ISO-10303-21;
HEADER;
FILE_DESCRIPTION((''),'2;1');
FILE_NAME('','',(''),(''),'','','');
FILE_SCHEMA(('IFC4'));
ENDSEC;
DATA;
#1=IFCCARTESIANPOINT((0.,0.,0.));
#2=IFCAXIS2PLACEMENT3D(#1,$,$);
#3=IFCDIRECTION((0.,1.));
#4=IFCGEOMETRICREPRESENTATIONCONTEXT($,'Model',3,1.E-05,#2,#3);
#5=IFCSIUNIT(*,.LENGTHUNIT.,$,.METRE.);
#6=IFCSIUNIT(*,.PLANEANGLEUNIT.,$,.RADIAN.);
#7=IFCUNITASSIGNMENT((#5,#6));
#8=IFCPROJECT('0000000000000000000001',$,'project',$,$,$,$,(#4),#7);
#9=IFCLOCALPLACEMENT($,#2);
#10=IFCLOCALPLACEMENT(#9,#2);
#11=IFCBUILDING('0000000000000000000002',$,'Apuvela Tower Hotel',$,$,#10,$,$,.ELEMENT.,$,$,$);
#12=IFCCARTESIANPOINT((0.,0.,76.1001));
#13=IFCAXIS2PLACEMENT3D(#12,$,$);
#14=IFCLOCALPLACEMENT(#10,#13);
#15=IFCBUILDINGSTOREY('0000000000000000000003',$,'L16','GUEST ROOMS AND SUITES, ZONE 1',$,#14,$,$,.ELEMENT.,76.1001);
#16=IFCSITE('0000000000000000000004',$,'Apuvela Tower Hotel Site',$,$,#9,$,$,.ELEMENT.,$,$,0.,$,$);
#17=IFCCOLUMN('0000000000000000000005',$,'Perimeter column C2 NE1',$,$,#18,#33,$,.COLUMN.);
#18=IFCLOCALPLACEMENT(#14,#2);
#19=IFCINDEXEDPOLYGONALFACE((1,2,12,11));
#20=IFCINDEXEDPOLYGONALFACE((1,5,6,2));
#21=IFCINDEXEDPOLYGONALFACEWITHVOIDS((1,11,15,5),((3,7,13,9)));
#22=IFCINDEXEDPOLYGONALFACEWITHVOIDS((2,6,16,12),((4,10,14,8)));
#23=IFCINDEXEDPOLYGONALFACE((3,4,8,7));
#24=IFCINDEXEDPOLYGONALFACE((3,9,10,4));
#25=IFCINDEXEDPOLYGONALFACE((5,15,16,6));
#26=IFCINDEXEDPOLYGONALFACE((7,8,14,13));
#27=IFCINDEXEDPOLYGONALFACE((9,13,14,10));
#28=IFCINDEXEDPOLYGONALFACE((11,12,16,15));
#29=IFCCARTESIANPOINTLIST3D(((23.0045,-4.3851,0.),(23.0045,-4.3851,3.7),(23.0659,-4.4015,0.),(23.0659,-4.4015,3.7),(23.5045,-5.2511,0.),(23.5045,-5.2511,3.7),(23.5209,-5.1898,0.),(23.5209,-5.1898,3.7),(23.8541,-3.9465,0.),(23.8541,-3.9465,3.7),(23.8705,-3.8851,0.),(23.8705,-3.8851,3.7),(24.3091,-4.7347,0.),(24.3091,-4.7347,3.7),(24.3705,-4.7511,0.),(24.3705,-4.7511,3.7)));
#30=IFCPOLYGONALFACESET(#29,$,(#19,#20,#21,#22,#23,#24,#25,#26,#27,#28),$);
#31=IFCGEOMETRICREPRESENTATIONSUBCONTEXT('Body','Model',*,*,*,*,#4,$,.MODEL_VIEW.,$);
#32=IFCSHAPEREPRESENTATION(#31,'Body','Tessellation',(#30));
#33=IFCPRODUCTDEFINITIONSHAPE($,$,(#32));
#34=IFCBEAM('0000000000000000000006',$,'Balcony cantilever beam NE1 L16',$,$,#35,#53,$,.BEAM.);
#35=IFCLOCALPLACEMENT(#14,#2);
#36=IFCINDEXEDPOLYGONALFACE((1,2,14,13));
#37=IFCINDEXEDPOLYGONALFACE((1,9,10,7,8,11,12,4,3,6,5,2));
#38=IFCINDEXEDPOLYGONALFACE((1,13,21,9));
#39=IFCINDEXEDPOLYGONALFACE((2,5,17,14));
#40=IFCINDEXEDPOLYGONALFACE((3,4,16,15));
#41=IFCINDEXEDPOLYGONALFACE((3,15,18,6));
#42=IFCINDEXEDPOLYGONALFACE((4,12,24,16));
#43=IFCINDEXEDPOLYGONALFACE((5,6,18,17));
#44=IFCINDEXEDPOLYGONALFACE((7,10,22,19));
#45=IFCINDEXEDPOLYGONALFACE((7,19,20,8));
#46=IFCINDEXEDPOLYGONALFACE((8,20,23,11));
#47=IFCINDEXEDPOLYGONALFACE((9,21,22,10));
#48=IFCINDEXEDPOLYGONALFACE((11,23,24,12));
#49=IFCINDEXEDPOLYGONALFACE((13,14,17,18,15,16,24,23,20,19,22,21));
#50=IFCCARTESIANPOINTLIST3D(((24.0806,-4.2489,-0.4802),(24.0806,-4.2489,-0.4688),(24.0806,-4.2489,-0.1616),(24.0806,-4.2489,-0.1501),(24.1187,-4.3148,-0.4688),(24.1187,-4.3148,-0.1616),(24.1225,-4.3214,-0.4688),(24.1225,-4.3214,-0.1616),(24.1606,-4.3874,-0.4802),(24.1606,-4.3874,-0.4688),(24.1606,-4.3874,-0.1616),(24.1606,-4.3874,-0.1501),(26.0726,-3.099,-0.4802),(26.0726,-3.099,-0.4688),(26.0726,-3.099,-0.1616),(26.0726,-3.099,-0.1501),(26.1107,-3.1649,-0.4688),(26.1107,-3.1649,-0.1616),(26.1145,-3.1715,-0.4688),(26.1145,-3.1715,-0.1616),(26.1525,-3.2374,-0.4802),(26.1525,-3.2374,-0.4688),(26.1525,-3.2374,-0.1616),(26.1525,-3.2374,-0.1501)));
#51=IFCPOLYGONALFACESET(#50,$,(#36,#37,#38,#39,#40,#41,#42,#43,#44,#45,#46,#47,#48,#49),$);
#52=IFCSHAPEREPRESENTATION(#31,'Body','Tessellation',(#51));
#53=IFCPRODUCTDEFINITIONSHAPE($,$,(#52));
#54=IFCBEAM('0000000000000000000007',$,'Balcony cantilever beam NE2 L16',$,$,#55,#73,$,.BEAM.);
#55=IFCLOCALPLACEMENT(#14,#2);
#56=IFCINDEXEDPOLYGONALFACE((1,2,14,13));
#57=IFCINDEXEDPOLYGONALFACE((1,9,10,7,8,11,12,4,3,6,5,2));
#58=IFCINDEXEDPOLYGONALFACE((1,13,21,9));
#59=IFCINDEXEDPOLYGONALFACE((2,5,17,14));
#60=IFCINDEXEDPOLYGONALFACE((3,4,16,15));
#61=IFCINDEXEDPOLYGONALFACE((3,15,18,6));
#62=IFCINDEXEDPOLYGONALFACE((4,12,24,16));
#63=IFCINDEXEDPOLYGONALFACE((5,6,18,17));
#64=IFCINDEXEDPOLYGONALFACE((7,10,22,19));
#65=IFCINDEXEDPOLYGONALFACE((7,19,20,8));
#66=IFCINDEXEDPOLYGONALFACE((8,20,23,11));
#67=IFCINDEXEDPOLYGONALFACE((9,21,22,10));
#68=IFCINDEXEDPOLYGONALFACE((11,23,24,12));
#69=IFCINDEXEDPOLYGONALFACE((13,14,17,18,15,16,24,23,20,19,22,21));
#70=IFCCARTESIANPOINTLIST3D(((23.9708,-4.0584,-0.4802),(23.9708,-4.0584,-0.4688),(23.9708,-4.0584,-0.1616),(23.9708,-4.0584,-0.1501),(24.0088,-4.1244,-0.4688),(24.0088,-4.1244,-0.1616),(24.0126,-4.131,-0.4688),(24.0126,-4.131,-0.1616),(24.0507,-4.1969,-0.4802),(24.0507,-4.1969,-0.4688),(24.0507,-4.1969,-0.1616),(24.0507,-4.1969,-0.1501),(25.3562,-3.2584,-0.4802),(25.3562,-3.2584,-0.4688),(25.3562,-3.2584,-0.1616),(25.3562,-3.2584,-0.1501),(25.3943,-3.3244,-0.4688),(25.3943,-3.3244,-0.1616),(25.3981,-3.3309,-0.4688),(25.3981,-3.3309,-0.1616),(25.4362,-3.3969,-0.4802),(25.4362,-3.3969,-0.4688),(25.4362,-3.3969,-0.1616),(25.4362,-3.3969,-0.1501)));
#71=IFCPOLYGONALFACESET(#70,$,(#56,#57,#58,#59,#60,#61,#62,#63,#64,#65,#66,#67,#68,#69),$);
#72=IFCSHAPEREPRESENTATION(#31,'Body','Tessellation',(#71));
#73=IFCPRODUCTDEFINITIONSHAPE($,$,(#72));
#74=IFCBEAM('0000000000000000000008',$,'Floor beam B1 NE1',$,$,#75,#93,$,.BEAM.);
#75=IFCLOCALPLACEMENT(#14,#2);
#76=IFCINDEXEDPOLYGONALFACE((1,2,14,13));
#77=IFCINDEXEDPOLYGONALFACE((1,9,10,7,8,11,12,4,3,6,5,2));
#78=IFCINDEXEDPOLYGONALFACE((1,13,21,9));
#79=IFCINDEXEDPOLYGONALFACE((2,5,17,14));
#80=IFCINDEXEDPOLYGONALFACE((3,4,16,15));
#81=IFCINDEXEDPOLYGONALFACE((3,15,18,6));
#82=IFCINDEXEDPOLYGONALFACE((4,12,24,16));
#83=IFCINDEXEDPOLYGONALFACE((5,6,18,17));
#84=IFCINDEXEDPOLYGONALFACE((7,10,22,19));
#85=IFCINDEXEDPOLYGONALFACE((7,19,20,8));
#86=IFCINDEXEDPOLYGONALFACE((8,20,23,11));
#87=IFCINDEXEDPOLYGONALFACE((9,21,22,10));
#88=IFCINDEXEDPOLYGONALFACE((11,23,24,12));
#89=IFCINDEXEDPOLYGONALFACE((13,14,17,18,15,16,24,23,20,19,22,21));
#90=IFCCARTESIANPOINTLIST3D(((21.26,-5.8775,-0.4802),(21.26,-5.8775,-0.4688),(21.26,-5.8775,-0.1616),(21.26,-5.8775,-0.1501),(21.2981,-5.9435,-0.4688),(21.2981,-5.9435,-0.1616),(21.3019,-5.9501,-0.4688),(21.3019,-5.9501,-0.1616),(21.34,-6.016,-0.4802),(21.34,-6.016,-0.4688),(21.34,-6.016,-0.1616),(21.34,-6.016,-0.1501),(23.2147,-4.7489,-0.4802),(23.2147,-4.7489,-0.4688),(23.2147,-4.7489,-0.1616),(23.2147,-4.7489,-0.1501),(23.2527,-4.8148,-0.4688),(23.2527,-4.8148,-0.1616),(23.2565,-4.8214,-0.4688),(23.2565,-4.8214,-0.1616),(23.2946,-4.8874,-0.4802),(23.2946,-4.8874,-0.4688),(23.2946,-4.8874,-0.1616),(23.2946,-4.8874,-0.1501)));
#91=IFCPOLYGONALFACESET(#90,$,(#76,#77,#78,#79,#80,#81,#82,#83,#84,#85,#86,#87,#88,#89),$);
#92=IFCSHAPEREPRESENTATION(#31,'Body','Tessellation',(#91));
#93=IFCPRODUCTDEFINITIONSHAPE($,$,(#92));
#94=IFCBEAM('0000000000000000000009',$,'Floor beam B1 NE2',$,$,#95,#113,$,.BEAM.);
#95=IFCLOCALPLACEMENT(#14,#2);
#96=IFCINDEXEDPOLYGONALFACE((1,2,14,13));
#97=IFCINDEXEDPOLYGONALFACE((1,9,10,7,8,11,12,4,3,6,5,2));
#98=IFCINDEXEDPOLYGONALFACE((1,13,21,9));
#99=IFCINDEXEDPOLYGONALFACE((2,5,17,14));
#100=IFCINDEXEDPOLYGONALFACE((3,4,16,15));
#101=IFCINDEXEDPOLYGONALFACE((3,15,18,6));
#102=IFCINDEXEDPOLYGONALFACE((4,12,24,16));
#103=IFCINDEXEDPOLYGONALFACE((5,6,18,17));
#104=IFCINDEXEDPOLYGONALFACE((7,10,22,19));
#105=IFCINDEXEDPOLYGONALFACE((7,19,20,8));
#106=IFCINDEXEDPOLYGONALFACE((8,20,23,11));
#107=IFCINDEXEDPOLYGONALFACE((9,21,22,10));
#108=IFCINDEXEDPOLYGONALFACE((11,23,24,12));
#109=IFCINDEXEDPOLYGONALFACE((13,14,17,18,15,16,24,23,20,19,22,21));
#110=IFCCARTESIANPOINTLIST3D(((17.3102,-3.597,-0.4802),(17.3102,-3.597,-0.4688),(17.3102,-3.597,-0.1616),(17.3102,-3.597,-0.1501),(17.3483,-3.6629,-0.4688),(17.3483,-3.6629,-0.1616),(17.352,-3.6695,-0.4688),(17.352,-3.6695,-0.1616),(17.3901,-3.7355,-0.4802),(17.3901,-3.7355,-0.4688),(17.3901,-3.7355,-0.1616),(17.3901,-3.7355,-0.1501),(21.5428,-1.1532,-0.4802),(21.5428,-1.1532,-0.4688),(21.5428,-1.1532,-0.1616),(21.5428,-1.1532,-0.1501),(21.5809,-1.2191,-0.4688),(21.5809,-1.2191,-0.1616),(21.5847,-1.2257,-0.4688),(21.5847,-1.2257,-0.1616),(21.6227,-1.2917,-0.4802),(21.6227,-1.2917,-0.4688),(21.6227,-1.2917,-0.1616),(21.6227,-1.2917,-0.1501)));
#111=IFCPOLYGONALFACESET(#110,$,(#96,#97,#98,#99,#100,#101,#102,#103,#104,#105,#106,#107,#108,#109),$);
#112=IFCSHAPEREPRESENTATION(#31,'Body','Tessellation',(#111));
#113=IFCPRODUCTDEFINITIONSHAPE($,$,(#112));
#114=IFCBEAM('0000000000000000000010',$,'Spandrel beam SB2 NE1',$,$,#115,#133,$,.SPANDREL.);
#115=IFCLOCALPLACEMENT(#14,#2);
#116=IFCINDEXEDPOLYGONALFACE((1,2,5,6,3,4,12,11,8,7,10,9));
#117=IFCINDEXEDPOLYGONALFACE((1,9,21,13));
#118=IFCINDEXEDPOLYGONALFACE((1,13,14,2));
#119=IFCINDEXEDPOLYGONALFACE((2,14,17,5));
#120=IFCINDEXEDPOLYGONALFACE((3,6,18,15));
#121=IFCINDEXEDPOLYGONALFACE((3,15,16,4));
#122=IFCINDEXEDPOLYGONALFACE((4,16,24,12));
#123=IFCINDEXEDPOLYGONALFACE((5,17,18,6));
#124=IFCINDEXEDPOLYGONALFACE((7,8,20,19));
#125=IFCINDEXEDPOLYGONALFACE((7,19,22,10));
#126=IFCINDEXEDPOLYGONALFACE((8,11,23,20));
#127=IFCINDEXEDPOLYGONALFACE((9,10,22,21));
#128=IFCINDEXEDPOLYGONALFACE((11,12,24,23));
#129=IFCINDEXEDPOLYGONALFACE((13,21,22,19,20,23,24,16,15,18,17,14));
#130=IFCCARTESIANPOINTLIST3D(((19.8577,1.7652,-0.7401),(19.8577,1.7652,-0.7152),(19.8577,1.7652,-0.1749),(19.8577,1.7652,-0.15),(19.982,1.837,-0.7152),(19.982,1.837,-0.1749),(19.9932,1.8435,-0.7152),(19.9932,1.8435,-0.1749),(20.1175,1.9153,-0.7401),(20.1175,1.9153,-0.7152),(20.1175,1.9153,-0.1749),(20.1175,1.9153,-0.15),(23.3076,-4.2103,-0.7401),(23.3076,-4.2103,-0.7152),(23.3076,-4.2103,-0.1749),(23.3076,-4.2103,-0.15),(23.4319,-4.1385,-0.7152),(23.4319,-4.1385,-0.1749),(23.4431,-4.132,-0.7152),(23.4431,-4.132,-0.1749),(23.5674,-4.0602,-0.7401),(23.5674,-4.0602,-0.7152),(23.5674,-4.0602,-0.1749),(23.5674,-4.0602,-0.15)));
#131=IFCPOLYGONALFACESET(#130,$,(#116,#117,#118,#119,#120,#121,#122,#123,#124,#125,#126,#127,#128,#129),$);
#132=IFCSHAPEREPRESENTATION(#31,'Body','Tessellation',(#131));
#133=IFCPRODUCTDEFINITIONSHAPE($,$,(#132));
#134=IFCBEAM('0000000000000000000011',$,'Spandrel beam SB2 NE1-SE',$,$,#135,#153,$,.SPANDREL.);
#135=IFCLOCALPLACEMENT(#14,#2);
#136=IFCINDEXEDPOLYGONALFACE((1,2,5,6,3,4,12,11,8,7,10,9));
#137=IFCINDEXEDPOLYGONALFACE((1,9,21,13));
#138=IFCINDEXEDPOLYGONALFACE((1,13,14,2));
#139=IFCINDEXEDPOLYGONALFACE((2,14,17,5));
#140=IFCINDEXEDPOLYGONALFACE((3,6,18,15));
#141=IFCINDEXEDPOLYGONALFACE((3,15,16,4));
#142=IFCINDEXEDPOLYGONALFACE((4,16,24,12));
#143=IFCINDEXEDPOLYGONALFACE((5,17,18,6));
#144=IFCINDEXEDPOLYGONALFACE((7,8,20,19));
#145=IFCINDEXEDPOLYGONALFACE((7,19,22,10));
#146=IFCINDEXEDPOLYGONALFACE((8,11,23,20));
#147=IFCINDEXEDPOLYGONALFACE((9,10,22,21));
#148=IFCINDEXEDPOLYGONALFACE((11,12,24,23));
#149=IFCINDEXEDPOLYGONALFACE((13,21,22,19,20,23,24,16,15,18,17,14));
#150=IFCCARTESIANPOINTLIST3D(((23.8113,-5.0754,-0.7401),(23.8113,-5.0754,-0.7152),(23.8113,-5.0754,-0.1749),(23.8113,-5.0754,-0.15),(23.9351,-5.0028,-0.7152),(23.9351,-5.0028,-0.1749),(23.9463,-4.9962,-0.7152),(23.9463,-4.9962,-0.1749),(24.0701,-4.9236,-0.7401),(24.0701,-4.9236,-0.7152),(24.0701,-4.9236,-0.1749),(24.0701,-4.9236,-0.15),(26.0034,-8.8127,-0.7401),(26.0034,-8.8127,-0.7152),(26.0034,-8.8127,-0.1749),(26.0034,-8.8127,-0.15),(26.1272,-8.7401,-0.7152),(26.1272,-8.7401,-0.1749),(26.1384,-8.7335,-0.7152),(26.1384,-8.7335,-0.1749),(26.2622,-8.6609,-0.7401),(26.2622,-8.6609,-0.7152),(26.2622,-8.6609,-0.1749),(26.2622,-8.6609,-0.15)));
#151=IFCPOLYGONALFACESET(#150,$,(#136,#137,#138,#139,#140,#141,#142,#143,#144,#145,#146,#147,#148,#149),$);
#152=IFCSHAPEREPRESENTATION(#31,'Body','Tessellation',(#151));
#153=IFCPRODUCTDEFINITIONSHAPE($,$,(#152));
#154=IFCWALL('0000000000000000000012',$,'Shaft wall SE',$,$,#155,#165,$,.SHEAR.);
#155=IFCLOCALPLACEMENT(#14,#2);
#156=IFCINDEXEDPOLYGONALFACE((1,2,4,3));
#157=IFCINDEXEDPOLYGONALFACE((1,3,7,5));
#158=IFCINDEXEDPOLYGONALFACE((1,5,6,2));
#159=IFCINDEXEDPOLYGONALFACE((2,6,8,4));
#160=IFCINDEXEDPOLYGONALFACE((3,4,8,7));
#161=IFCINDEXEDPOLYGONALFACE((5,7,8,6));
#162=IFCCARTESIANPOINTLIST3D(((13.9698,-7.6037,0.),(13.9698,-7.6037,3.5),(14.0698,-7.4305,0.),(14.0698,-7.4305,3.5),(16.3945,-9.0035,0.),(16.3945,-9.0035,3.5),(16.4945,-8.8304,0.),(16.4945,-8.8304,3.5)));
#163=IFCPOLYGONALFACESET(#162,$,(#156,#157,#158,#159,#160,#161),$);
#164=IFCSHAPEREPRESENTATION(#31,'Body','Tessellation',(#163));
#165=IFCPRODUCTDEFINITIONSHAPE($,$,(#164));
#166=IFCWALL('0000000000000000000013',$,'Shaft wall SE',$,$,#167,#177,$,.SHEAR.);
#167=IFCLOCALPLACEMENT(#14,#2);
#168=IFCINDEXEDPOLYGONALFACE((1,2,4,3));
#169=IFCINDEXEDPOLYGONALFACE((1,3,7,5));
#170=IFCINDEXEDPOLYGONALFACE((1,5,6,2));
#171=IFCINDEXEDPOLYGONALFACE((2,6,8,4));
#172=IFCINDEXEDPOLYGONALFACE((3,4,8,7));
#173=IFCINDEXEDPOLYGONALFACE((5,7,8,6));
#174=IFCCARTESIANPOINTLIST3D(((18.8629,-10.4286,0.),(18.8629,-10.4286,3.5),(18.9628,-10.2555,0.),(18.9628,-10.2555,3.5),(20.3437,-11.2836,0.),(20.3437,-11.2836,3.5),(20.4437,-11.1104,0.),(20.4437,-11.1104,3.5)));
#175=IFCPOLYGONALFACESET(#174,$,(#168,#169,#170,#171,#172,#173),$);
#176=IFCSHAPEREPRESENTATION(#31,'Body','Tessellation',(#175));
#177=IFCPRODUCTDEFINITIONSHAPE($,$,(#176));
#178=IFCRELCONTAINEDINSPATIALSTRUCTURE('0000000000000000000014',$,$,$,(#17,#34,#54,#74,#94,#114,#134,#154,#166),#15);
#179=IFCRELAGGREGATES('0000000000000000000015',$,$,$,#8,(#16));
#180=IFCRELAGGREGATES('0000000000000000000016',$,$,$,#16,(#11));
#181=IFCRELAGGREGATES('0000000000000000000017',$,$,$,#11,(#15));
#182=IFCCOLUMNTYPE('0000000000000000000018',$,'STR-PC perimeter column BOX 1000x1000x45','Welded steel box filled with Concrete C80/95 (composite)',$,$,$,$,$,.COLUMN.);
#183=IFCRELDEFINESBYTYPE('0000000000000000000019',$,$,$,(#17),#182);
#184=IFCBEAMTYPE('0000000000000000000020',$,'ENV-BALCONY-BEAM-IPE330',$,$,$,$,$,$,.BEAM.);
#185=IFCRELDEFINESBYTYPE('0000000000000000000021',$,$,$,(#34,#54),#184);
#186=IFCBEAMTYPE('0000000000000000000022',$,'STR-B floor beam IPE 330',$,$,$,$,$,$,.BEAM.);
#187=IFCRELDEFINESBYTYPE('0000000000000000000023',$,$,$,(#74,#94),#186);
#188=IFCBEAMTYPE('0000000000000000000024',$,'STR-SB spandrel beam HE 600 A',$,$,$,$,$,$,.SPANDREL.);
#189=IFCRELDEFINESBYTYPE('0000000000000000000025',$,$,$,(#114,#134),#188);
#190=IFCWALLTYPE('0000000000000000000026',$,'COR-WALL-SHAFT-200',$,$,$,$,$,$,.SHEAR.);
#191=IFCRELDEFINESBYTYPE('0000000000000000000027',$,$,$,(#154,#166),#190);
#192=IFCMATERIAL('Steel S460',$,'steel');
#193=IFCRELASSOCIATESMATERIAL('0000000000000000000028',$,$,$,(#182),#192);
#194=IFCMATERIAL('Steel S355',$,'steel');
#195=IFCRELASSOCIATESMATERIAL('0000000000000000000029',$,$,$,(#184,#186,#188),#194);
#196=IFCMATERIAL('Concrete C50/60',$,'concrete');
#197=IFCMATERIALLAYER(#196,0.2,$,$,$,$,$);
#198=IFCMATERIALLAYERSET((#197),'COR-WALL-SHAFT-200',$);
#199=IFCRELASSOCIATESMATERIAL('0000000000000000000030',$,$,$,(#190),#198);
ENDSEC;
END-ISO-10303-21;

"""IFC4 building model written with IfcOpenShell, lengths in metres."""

from ifc_helpers import new_model, si_unit, direction, frame, frame_2d, origin, origin_2d, place, context, subcontext, project, spatial, rectangle, hollow_rectangle, i_section, extrude, material, layer, layer_set, material_profile, profile_set, type_object, element, save


model = new_model("IFC4")

# Units and contexts
model_context = context("Model", 3, precision=1e-05, world=origin(), true_north=direction((0.0, 1.0)))
body_context = subcontext(model_context, "Body", "Model", "MODEL_VIEW")
ifc_project = project(units=[si_unit("LENGTHUNIT", "METRE"), si_unit("PLANEANGLEUNIT", "RADIAN")], contexts=[model_context])

# Site, building, storey
site_placement = place(None, origin())
site = spatial("IfcSite", under=ifc_project, at=site_placement, Name="Apuvela Tower Hotel Site", CompositionType="ELEMENT", RefElevation=0.0)
building_placement = place(site_placement, origin())
building = spatial("IfcBuilding", under=site, at=building_placement, Name="Apuvela Tower Hotel", CompositionType="ELEMENT")
storey_placement = place(building_placement, frame((0.0, 0.0, 76.1001)))
storey = spatial("IfcBuildingStorey", under=building, at=storey_placement, Name="L16", Description="GUEST ROOMS AND SUITES, ZONE 1", CompositionType="ELEMENT", Elevation=76.1001)

# Column
ifc_material_1 = material(Name="Steel S460", Category="steel")
ifc_material_profile_1 = material_profile(ifc_material_1, hollow_rectangle(XDim=1.0, YDim=1.0, WallThickness=0.0449, at=origin_2d()), Name="BOX 1000x1000x45")
ifc_material_2 = material(Name="Concrete C80/95", Category="concrete")
ifc_material_profile_2 = material_profile(ifc_material_2, rectangle(XDim=0.9099, YDim=0.9099, at=origin_2d()), Name="Concrete C80/95 infill")
ifc_profile_set_1 = profile_set([ifc_material_profile_1, ifc_material_profile_2], Name="Steel S460")
column_type = type_object("IfcColumnType", Name="STR-PC perimeter column BOX 1000x1000x45", Description="Welded steel box filled with Concrete C80/95 (composite)", PredefinedType="COLUMN", material=ifc_profile_set_1)
column_placement = place(storey_placement, frame((23.6875, -4.5681, 0.0), z_axis=(0.0, 0.0, 1.0), x_axis=(-0.5, 0.866025, 0.0)))
element("IfcColumn", 1, at=column_placement, inside=storey, type_object=column_type, Name="Perimeter column C2 NE1", PredefinedType="COLUMN", context=body_context, shape_type="SweptSolid", body=[
    extrude(hollow_rectangle(XDim=1.0, YDim=1.0, WallThickness=0.0449, at=origin_2d()), origin(), (0.0, 0.0, 1.0), 3.7),
])

# Beams
ifc_material_3 = material(Name="Steel S355", Category="steel")
ifc_material_profile_3 = material_profile(ifc_material_3, i_section(OverallWidth=0.1599, OverallDepth=0.3301, WebThickness=0.0076, FlangeThickness=0.0115, at=origin_2d()), Name="IPE 330")
ifc_profile_set_2 = profile_set([ifc_material_profile_3], Name="Steel S355")
beam_type_1 = type_object("IfcBeamType", Name="ENV-BALCONY-BEAM-IPE330", PredefinedType="BEAM", material=ifc_profile_set_2)
beam_1_placement = place(storey_placement, frame((24.1206, -4.3181, -0.3152), z_axis=(0.866053, 0.499952, 0.0), x_axis=(-0.499952, 0.866053, 0.0)))
element("IfcBeam", 2, at=beam_1_placement, inside=storey, type_object=beam_type_1, Name="Balcony cantilever beam NE1 L16", PredefinedType="BEAM", context=body_context, shape_type="SweptSolid", body=[
    extrude(i_section(OverallWidth=0.1599, OverallDepth=0.3301, WebThickness=0.0076, FlangeThickness=0.0115, at=origin_2d()), origin(), (0.0, 0.0, 1.0), 2.3),
])
beam_2_placement = place(storey_placement, frame((24.0107, -4.1277, -0.3152), z_axis=(0.86599, 0.500061, 0.0), x_axis=(-0.500061, 0.86599, 0.0)))
element("IfcBeam", 3, at=beam_2_placement, inside=storey, type_object=beam_type_1, Name="Balcony cantilever beam NE2 L16", PredefinedType="BEAM", context=body_context, shape_type="SweptSolid", body=[
    extrude(i_section(OverallWidth=0.1599, OverallDepth=0.3301, WebThickness=0.0076, FlangeThickness=0.0115, at=origin_2d()), origin(), (0.0, 0.0, 1.0), 1.5999),
])
ifc_material_profile_4 = material_profile(ifc_material_3, i_section(OverallWidth=0.1599, OverallDepth=0.3301, WebThickness=0.0076, FlangeThickness=0.0115, at=origin_2d()), Name="IPE 330")
ifc_profile_set_3 = profile_set([ifc_material_profile_4], Name="Steel S355")
beam_type_2 = type_object("IfcBeamType", Name="STR-B floor beam IPE 330", PredefinedType="BEAM", material=ifc_profile_set_3)
beam_3_placement = place(storey_placement, frame((23.2546, -4.8181, -0.3152), z_axis=(-0.865991, -0.50006, 0.0), x_axis=(0.50006, -0.865991, 0.0)))
element("IfcBeam", 4, at=beam_3_placement, inside=storey, type_object=beam_type_2, Name="Floor beam B1 NE1", PredefinedType="BEAM", context=body_context, shape_type="SweptSolid", body=[
    extrude(i_section(OverallWidth=0.1599, OverallDepth=0.3301, WebThickness=0.0076, FlangeThickness=0.0115, at=origin_2d()), origin(), (0.0, 0.0, 1.0), 2.2571),
])
beam_4_placement = place(storey_placement, frame((21.5828, -1.2224, -0.3152), z_axis=(-0.866015, -0.500018, 0.0), x_axis=(0.500018, -0.866015, 0.0)))
element("IfcBeam", 5, at=beam_4_placement, inside=storey, type_object=beam_type_2, Name="Floor beam B1 NE2", PredefinedType="BEAM", context=body_context, shape_type="SweptSolid", body=[
    extrude(i_section(OverallWidth=0.1599, OverallDepth=0.3301, WebThickness=0.0076, FlangeThickness=0.0115, at=origin_2d()), origin(), (0.0, 0.0, 1.0), 4.8875),
])
ifc_material_profile_5 = material_profile(ifc_material_3, i_section(OverallWidth=0.3, OverallDepth=0.5901, WebThickness=0.0129, FlangeThickness=0.0249, at=origin_2d()), Name="HE 600 A")
ifc_profile_set_4 = profile_set([ifc_material_profile_5], Name="Steel S355")
beam_type_3 = type_object("IfcBeamType", Name="STR-SB spandrel beam HE 600 A", PredefinedType="SPANDREL", material=ifc_profile_set_4)
beam_5_placement = place(storey_placement, frame((23.4375, -4.1353, -0.4451), z_axis=(-0.499994, 0.866029, 0.0), x_axis=(-0.866029, -0.499994, 0.0)))
element("IfcBeam", 6, at=beam_5_placement, inside=storey, type_object=beam_type_3, Name="Spandrel beam SB2 NE1", PredefinedType="SPANDREL", context=body_context, shape_type="SweptSolid", body=[
    extrude(i_section(OverallWidth=0.3, OverallDepth=0.5901, WebThickness=0.0129, FlangeThickness=0.0249, at=origin_2d()), origin(), (0.0, 0.0, 1.0), 6.8999),
])
beam_6_placement = place(storey_placement, frame((23.9407, -4.9995, -0.4451), z_axis=(0.505944, -0.862567, 0.0), x_axis=(0.862567, 0.505944, 0.0)))
element("IfcBeam", 7, at=beam_6_placement, inside=storey, type_object=beam_type_3, Name="Spandrel beam SB2 NE1-SE", PredefinedType="SPANDREL", context=body_context, shape_type="SweptSolid", body=[
    extrude(i_section(OverallWidth=0.3, OverallDepth=0.5901, WebThickness=0.0129, FlangeThickness=0.0249, at=origin_2d()), origin(), (0.0, 0.0, 1.0), 4.3328),
])

# Walls
ifc_material_4 = material(Name="Concrete C50/60", Category="concrete")
ifc_layer_1 = layer(ifc_material_4, 0.2)
ifc_layer_set_1 = layer_set([ifc_layer_1], Name="COR-WALL-SHAFT-200")
wall_type_1 = type_object("IfcWallType", Name="COR-WALL-SHAFT-200", PredefinedType="SHEAR", material=ifc_layer_set_1)
wall_1_placement = place(storey_placement, frame((14.0198, -7.5171, 0.0), z_axis=(0.0, 0.0, 1.0), x_axis=(0.866035, -0.499984, 0.0)))
element("IfcWall", 8, at=wall_1_placement, inside=storey, type_object=wall_type_1, Name="Shaft wall SE", PredefinedType="SHEAR", context=body_context, shape_type="SweptSolid", body=[
    extrude(rectangle(XDim=2.7998, YDim=0.2, at=frame_2d((1.3999, 0.0))), origin(), (0.0, 0.0, 1.0), 3.5),
])
wall_2_placement = place(storey_placement, frame((18.9128, -10.342, 0.0), z_axis=(0.0, 0.0, 1.0), x_axis=(0.866038, -0.499978, 0.0)))
element("IfcWall", 9, at=wall_2_placement, inside=storey, type_object=wall_type_1, Name="Shaft wall SE", PredefinedType="SHEAR", context=body_context, shape_type="SweptSolid", body=[
    extrude(rectangle(XDim=1.71, YDim=0.2, at=frame_2d((0.855, 0.0))), origin(), (0.0, 0.0, 1.0), 3.5),
])

save(model, "model.ifc")
